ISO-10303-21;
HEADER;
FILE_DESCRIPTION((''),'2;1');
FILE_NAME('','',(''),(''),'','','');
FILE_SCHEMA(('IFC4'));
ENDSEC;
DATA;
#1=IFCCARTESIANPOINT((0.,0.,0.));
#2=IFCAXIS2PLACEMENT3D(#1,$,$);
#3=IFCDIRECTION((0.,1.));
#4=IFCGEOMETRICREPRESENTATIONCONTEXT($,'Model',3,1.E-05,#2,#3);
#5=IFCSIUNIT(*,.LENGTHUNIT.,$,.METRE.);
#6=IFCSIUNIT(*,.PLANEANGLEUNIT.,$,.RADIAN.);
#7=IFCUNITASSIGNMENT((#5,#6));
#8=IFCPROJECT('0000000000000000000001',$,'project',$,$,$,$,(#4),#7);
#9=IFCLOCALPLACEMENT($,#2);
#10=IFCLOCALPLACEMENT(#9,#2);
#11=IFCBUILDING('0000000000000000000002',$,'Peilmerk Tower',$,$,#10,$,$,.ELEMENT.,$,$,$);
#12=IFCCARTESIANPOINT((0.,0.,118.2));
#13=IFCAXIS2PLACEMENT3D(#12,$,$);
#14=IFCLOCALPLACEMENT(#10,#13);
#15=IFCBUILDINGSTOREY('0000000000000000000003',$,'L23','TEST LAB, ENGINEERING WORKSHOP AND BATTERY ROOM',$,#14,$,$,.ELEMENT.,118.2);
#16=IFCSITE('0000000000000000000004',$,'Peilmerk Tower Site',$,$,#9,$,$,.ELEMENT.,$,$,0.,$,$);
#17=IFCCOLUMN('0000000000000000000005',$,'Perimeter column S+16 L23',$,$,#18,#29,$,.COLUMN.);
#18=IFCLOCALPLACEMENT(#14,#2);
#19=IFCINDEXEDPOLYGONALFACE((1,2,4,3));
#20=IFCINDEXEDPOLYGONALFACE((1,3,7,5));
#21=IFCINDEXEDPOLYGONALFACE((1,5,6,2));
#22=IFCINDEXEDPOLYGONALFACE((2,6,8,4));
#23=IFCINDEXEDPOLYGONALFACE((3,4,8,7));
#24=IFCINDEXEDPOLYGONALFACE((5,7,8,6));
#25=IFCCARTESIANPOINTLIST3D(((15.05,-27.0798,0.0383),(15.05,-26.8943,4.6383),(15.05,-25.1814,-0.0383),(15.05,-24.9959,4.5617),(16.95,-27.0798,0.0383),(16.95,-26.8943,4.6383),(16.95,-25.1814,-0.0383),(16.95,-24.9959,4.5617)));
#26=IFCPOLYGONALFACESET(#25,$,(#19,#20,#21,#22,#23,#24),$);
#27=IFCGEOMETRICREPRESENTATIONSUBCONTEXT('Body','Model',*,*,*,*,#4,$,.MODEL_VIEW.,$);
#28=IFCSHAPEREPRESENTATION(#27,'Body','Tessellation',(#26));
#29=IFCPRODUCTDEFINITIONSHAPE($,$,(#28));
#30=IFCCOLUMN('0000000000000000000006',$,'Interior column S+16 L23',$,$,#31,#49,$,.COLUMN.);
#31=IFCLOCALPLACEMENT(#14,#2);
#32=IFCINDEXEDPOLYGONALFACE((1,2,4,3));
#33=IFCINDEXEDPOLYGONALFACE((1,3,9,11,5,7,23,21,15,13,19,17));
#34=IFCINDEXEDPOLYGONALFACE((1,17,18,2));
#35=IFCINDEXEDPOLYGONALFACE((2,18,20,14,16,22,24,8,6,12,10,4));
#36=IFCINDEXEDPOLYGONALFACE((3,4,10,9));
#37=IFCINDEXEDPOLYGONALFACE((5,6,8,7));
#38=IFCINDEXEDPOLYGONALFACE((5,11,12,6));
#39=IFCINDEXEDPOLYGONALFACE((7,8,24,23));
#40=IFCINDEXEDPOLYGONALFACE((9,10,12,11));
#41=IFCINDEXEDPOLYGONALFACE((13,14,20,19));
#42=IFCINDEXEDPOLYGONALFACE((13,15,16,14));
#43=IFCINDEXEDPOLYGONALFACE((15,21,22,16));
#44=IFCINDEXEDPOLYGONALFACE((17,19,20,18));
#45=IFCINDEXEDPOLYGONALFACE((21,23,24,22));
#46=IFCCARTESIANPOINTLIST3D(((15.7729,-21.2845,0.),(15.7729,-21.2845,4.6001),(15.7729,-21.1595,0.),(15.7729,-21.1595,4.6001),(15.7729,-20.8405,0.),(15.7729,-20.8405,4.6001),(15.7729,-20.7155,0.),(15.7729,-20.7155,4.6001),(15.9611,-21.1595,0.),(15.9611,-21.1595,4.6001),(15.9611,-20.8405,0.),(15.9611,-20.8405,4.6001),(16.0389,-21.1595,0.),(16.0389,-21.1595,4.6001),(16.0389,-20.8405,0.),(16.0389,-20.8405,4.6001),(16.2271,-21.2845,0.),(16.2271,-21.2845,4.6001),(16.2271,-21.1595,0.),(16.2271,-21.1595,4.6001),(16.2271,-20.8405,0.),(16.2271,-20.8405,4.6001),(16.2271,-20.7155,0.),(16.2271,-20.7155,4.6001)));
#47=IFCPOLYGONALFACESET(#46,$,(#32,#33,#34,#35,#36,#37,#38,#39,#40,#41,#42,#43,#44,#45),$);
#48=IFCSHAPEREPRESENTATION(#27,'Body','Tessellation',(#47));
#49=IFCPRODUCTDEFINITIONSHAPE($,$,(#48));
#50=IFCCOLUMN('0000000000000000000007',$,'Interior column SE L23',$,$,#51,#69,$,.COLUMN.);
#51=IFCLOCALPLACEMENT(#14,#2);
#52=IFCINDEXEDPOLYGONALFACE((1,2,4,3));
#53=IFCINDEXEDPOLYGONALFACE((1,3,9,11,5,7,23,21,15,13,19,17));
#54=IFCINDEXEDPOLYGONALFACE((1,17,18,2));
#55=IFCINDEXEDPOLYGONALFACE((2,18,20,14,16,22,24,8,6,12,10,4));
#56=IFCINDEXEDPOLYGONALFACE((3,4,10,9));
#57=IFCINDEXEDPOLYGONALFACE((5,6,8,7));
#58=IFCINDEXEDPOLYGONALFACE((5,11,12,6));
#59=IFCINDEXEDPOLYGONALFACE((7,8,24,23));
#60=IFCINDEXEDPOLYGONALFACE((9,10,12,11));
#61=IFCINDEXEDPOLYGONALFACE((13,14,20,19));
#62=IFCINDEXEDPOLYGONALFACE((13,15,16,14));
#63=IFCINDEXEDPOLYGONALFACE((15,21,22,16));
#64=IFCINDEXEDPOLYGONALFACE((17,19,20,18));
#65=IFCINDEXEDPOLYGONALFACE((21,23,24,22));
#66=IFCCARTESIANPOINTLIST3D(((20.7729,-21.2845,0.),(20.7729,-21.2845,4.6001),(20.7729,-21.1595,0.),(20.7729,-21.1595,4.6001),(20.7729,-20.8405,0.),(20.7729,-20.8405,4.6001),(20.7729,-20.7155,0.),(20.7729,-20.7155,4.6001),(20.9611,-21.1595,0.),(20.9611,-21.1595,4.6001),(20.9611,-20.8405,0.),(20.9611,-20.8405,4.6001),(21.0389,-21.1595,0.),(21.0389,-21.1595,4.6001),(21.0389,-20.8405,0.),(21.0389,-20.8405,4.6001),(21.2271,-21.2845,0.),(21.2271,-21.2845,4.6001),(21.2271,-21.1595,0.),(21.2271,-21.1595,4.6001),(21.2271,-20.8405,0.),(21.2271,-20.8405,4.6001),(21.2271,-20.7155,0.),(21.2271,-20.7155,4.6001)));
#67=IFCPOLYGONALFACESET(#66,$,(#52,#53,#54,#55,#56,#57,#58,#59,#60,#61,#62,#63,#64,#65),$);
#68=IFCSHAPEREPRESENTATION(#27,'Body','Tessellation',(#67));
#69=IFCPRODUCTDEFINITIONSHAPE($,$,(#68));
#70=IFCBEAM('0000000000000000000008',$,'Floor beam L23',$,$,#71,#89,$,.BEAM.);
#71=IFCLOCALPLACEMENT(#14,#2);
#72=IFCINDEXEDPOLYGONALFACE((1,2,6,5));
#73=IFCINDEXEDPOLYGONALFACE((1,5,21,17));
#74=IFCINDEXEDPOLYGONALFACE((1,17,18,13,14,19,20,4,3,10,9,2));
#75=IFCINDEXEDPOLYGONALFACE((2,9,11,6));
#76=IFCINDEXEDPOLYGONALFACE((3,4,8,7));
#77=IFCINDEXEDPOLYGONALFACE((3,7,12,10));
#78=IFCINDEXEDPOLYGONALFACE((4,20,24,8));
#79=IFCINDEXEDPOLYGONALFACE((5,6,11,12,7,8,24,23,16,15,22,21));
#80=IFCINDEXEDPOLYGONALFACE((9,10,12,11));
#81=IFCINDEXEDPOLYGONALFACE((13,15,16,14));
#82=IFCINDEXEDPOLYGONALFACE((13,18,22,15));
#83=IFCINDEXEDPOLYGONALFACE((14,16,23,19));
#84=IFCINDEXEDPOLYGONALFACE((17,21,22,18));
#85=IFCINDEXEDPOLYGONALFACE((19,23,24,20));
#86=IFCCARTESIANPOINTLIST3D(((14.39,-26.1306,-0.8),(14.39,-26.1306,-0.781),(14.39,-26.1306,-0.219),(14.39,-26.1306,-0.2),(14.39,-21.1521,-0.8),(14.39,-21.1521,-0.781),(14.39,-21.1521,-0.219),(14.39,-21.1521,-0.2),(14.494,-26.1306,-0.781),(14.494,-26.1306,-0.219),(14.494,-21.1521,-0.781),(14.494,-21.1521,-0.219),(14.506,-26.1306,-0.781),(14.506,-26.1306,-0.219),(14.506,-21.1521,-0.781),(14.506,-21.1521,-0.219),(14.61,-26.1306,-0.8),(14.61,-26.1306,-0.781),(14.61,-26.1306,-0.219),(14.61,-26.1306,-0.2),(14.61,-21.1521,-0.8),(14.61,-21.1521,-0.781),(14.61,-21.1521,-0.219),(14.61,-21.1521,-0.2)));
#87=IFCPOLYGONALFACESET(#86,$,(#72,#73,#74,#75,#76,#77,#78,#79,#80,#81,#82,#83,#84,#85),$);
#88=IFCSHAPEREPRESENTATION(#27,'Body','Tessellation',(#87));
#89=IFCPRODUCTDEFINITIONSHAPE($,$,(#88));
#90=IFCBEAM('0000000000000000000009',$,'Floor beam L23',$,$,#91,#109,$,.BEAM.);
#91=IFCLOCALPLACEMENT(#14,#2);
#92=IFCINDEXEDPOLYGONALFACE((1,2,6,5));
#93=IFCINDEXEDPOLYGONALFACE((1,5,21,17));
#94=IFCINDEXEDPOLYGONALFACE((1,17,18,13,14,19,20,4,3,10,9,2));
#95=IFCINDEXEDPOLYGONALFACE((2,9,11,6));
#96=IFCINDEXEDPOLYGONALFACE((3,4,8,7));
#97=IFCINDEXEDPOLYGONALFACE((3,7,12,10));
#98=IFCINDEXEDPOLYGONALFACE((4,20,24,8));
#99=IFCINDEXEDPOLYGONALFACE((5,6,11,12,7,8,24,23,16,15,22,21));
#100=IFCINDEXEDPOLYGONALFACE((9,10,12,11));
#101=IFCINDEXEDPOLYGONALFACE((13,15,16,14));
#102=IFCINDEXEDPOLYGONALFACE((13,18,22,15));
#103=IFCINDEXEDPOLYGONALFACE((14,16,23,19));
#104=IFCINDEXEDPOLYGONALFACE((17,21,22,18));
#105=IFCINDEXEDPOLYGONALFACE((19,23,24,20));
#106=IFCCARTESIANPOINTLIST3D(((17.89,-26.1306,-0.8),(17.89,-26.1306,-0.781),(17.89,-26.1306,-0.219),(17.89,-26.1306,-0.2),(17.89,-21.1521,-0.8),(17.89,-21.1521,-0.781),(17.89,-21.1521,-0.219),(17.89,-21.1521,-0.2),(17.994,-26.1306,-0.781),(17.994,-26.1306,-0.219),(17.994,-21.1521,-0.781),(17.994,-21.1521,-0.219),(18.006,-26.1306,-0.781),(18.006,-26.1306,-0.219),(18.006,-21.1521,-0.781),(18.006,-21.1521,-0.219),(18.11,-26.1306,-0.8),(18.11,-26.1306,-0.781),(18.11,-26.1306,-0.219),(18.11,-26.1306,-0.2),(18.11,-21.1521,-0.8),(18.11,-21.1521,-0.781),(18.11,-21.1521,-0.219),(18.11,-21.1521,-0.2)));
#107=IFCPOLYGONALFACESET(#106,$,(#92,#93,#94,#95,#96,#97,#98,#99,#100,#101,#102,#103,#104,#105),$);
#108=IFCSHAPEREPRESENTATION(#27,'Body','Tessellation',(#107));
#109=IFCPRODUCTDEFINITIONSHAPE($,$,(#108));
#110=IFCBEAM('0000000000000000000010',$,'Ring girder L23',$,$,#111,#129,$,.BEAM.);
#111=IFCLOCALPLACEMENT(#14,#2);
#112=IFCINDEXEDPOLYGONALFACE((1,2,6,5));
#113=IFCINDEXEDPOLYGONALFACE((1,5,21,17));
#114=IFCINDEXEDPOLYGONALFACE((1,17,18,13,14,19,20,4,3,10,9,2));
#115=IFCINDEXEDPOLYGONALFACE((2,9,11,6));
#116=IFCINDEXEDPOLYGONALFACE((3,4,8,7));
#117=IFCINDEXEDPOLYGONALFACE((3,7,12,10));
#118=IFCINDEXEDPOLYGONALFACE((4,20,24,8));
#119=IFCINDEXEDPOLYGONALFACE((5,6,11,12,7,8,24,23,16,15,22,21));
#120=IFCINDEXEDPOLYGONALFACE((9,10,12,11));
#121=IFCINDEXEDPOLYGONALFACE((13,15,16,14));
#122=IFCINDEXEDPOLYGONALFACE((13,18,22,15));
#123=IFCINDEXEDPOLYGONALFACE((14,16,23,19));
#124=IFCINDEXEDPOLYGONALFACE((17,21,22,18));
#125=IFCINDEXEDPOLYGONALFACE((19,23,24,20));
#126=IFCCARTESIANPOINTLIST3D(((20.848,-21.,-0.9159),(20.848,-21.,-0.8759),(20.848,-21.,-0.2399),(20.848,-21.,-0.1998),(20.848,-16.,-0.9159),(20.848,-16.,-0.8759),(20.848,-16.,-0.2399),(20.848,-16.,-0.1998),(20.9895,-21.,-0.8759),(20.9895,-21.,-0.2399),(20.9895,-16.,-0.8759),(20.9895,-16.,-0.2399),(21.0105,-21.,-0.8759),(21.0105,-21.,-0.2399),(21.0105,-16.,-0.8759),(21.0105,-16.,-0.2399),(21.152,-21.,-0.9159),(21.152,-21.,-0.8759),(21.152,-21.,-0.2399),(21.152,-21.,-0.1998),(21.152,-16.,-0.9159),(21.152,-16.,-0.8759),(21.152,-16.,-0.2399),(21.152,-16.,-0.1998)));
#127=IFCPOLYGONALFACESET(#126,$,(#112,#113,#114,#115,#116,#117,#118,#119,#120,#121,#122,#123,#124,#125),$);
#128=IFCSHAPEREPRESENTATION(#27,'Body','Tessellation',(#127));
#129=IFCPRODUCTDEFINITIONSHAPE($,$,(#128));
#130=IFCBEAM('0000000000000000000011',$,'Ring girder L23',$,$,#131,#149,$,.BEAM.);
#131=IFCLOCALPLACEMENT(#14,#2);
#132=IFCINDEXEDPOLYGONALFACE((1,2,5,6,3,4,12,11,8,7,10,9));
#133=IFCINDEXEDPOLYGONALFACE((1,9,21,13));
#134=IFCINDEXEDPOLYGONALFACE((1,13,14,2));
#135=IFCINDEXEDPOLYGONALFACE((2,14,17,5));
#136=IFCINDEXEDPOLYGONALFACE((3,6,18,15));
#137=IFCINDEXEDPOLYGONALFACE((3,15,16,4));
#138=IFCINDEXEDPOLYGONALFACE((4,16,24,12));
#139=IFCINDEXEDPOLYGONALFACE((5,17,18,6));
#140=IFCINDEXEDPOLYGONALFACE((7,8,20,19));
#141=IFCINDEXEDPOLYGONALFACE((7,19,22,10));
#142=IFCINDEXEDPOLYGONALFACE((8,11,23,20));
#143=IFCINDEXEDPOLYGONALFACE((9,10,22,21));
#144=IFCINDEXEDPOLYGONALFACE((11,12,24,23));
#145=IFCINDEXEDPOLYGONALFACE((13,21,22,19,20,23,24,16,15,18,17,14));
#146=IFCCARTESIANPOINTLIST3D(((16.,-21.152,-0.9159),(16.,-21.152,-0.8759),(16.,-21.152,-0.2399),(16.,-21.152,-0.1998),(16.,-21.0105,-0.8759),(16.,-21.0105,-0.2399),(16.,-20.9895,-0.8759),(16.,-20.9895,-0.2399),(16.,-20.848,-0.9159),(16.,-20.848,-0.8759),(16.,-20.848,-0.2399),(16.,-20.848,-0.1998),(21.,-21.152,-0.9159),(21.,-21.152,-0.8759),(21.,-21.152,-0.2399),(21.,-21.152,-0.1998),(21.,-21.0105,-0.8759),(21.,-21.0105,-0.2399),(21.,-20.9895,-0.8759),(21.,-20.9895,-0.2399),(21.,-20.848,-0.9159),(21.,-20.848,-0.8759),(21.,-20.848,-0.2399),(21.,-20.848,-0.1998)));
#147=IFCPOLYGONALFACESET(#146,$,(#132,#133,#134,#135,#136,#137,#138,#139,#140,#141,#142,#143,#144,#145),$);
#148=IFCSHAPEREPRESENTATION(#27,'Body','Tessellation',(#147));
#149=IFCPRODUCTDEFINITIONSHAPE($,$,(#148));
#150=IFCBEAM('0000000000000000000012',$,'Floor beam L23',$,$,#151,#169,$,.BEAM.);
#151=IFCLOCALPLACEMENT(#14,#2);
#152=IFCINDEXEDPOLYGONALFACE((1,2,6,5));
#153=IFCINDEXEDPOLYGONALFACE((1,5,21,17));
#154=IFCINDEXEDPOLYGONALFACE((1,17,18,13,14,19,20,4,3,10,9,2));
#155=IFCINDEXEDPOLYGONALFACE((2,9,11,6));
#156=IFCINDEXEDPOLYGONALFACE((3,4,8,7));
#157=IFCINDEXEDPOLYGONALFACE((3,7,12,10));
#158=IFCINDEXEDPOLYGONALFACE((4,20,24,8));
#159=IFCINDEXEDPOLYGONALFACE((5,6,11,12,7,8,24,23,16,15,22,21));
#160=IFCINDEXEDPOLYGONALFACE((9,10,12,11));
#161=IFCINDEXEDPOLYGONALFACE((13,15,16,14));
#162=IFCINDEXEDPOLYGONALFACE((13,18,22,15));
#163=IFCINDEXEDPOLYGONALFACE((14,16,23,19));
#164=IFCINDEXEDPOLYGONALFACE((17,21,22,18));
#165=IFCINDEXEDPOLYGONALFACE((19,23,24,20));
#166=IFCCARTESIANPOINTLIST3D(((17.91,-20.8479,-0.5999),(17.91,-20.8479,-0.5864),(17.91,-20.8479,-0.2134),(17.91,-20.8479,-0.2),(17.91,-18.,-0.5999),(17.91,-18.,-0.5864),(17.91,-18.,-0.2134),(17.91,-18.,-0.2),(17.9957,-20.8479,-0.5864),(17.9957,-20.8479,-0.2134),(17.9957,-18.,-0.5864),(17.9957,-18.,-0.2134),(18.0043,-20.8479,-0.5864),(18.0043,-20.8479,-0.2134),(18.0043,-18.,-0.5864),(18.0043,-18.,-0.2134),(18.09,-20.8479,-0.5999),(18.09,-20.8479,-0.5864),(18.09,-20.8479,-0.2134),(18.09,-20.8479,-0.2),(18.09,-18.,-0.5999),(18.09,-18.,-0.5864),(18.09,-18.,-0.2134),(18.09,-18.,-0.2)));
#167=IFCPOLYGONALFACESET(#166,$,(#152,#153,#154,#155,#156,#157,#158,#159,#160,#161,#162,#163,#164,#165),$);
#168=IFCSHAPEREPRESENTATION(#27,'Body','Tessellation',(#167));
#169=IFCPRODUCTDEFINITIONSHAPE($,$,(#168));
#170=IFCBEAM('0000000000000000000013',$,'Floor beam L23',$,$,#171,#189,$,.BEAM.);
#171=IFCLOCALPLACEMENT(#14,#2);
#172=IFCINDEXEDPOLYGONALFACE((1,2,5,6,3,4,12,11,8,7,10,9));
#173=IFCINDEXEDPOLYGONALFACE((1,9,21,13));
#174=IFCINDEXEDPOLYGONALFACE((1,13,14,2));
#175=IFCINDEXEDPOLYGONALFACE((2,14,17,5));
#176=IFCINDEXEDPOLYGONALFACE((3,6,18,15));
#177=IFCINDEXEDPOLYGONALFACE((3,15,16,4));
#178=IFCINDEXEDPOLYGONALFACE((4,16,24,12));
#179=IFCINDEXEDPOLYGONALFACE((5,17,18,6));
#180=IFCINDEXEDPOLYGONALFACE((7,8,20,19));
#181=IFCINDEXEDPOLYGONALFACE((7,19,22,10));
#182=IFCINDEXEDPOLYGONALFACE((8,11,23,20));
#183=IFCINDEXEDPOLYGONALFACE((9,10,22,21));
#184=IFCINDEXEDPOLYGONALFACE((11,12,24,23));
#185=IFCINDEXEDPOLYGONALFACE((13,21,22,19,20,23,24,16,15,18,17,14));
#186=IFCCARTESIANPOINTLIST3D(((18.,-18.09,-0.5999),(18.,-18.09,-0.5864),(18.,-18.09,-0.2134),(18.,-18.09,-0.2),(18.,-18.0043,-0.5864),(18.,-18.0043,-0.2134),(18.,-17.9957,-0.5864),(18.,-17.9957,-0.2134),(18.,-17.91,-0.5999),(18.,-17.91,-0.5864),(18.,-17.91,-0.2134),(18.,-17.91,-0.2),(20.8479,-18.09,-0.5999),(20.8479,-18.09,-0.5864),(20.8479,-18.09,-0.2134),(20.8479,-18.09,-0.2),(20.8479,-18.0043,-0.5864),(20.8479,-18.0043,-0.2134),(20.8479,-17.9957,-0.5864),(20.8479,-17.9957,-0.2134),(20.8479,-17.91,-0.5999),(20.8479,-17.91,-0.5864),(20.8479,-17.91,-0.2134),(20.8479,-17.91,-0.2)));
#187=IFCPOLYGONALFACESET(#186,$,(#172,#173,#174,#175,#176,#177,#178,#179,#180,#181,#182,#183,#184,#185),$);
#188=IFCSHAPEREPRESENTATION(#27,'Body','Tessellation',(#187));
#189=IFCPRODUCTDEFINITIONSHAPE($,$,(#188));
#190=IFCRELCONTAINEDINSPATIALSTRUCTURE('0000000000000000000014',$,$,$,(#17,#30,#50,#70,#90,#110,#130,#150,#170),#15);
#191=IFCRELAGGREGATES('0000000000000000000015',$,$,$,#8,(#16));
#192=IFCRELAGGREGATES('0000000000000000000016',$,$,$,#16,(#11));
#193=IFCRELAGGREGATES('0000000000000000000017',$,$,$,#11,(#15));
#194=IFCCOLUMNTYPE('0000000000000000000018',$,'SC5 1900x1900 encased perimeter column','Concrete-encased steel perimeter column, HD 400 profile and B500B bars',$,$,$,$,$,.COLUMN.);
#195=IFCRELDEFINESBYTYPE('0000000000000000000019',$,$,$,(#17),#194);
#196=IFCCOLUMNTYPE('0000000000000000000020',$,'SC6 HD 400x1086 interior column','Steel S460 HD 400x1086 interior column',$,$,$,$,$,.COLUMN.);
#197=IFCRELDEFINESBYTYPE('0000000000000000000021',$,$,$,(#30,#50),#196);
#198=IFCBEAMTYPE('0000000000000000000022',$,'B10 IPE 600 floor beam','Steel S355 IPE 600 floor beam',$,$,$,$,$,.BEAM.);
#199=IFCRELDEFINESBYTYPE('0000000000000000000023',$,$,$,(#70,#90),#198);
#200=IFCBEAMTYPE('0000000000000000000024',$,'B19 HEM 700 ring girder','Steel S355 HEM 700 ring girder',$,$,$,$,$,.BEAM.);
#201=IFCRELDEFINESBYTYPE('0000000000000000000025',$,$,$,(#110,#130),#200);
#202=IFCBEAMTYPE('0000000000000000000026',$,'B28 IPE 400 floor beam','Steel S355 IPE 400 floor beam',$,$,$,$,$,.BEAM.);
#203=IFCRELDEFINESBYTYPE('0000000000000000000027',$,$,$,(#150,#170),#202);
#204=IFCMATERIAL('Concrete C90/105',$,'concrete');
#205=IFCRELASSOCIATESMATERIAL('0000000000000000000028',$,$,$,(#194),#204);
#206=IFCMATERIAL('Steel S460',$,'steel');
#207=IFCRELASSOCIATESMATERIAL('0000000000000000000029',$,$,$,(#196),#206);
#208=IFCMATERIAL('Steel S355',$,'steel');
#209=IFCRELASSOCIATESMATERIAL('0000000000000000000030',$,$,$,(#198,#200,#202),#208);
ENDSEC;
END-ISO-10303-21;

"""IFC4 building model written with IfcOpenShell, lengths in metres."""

from ifc_helpers import new_model, si_unit, direction, frame, origin, origin_2d, place, context, subcontext, project, spatial, rectangle, i_section, extrude, material, material_profile, profile_set, type_object, element, save


model = new_model("IFC4")

# Units and contexts
model_context = context("Model", 3, precision=1e-05, world=origin(), true_north=direction((0.0, 1.0)))
body_context = subcontext(model_context, "Body", "Model", "MODEL_VIEW")
ifc_project = project(units=[si_unit("LENGTHUNIT", "METRE"), si_unit("PLANEANGLEUNIT", "RADIAN")], contexts=[model_context])

# Site, building, storey
site_placement = place(None, origin())
site = spatial("IfcSite", under=ifc_project, at=site_placement, Name="Peilmerk Tower Site", CompositionType="ELEMENT", RefElevation=0.0)
building_placement = place(site_placement, origin())
building = spatial("IfcBuilding", under=site, at=building_placement, Name="Peilmerk Tower", CompositionType="ELEMENT")
storey_placement = place(building_placement, frame((0.0, 0.0, 118.2)))
storey = spatial("IfcBuildingStorey", under=building, at=storey_placement, Name="L23", Description="TEST LAB, ENGINEERING WORKSHOP AND BATTERY ROOM", CompositionType="ELEMENT", Elevation=118.2)

# Columns
ifc_material_1 = material(Name="Concrete C90/105", Category="concrete")
ifc_material_profile_1 = material_profile(ifc_material_1, rectangle(XDim=1.8999, YDim=1.8999, at=origin_2d()), Name="RC 1900x1900")
ifc_profile_set_1 = profile_set([ifc_material_profile_1], Name="Concrete C90/105")
column_type_1 = type_object("IfcColumnType", Name="SC5 1900x1900 encased perimeter column", Description="Concrete-encased steel perimeter column, HD 400 profile and B500B bars", PredefinedType="COLUMN", material=ifc_profile_set_1)
column_placement = place(storey_placement, frame((16.0, -26.1306, 0.0), z_axis=(0.0, 0.040303, 0.999188), x_axis=(-1.0, 0.0, 0.0)))
element("IfcColumn", 1, at=column_placement, inside=storey, type_object=column_type_1, Name="Perimeter column S+16 L23", PredefinedType="COLUMN", context=body_context, shape_type="SweptSolid", body=[
    extrude(rectangle(XDim=1.8999, YDim=1.8999, at=origin_2d()), origin(), (0.0, 0.0, 1.0), 4.6038),
])
ifc_material_2 = material(Name="Steel S460", Category="steel")
ifc_material_profile_2 = material_profile(ifc_material_2, i_section(OverallWidth=0.4541, OverallDepth=0.5691, WebThickness=0.0779, FlangeThickness=0.125, at=origin_2d()), Name="HD 400x1086")
ifc_profile_set_2 = profile_set([ifc_material_profile_2], Name="Steel S460")
column_type_2 = type_object("IfcColumnType", Name="SC6 HD 400x1086 interior column", Description="Steel S460 HD 400x1086 interior column", PredefinedType="COLUMN", material=ifc_profile_set_2)
for number, where, z_axis, x_axis, name in (
    (2, (16.0, -21.0, 0.0), (0.0, 0.0, 1.0), (1.0, 0.0, 0.0), "Interior column S+16 L23"),
    (3, (21.0, -21.0, 0.0), (0.0, 0.0, 1.0), (1.0, 0.0, 0.0), "Interior column SE L23"),
):
    element("IfcColumn", number, at=place(storey_placement, frame(where, z_axis=z_axis, x_axis=x_axis)), inside=storey, type_object=column_type_2, Name=name, PredefinedType="COLUMN", context=body_context, shape_type="SweptSolid", body=[
        extrude(i_section(OverallWidth=0.4541, OverallDepth=0.5691, WebThickness=0.0779, FlangeThickness=0.125, at=origin_2d()), origin(), (0.0, 0.0, 1.0), 4.6001),
    ])

# Beams
ifc_material_3 = material(Name="Steel S355", Category="steel")
ifc_material_profile_3 = material_profile(ifc_material_3, i_section(OverallWidth=0.22, OverallDepth=0.6001, WebThickness=0.012, FlangeThickness=0.019, at=origin_2d()), Name="IPE 600")
ifc_profile_set_3 = profile_set([ifc_material_profile_3], Name="Steel S355")
beam_type_1 = type_object("IfcBeamType", Name="B10 IPE 600 floor beam", Description="Steel S355 IPE 600 floor beam", PredefinedType="BEAM", material=ifc_profile_set_3)
for number, where, z_axis, x_axis, name in (
    (4, (14.5, -21.1521, -0.5), (0.0, -1.0, 0.0), (1.0, 0.0, 0.0), "Floor beam L23"),
    (5, (18.0, -21.1521, -0.5), (0.0, -1.0, 0.0), (1.0, 0.0, 0.0), "Floor beam L23"),
):
    element("IfcBeam", number, at=place(storey_placement, frame(where, z_axis=z_axis, x_axis=x_axis)), inside=storey, type_object=beam_type_1, Name=name, PredefinedType="BEAM", context=body_context, shape_type="SweptSolid", body=[
        extrude(i_section(OverallWidth=0.22, OverallDepth=0.6001, WebThickness=0.012, FlangeThickness=0.019, at=origin_2d()), origin(), (0.0, 0.0, 1.0), 4.9785),
    ])
ifc_material_profile_4 = material_profile(ifc_material_3, i_section(OverallWidth=0.304, OverallDepth=0.7161, WebThickness=0.021, FlangeThickness=0.04, at=origin_2d()), Name="HEM 700")
ifc_profile_set_4 = profile_set([ifc_material_profile_4], Name="Steel S355")
beam_type_2 = type_object("IfcBeamType", Name="B19 HEM 700 ring girder", Description="Steel S355 HEM 700 ring girder", PredefinedType="BEAM", material=ifc_profile_set_4)
for number, where, z_axis, x_axis, name in (
    (6, (21.0, -21.0, -0.5579), (0.0, 1.0, 0.0), (-1.0, 0.0, 0.0), "Ring girder L23"),
    (7, (16.0, -21.0, -0.5579), (1.0, 0.0, 0.0), (0.0, 1.0, 0.0), "Ring girder L23"),
):
    element("IfcBeam", number, at=place(storey_placement, frame(where, z_axis=z_axis, x_axis=x_axis)), inside=storey, type_object=beam_type_2, Name=name, PredefinedType="BEAM", context=body_context, shape_type="SweptSolid", body=[
        extrude(i_section(OverallWidth=0.304, OverallDepth=0.7161, WebThickness=0.021, FlangeThickness=0.04, at=origin_2d()), origin(), (0.0, 0.0, 1.0), 5.0),
    ])
ifc_material_profile_5 = material_profile(ifc_material_3, i_section(OverallWidth=0.1799, OverallDepth=0.3999, WebThickness=0.0085, FlangeThickness=0.0134, at=origin_2d()), Name="IPE 400")
ifc_profile_set_5 = profile_set([ifc_material_profile_5], Name="Steel S355")
beam_type_3 = type_object("IfcBeamType", Name="B28 IPE 400 floor beam", Description="Steel S355 IPE 400 floor beam", PredefinedType="BEAM", material=ifc_profile_set_5)
for number, where, z_axis, x_axis, name in (
    (8, (18.0, -18.0, -0.3999), (0.0, -1.0, 0.0), (1.0, 0.0, 0.0), "Floor beam L23"),
    (9, (18.0, -18.0, -0.3999), (1.0, 0.0, 0.0), (0.0, 1.0, 0.0), "Floor beam L23"),
):
    element("IfcBeam", number, at=place(storey_placement, frame(where, z_axis=z_axis, x_axis=x_axis)), inside=storey, type_object=beam_type_3, Name=name, PredefinedType="BEAM", context=body_context, shape_type="SweptSolid", body=[
        extrude(i_section(OverallWidth=0.1799, OverallDepth=0.3999, WebThickness=0.0085, FlangeThickness=0.0134, at=origin_2d()), origin(), (0.0, 0.0, 1.0), 2.8479),
    ])

save(model, "model.ifc")
